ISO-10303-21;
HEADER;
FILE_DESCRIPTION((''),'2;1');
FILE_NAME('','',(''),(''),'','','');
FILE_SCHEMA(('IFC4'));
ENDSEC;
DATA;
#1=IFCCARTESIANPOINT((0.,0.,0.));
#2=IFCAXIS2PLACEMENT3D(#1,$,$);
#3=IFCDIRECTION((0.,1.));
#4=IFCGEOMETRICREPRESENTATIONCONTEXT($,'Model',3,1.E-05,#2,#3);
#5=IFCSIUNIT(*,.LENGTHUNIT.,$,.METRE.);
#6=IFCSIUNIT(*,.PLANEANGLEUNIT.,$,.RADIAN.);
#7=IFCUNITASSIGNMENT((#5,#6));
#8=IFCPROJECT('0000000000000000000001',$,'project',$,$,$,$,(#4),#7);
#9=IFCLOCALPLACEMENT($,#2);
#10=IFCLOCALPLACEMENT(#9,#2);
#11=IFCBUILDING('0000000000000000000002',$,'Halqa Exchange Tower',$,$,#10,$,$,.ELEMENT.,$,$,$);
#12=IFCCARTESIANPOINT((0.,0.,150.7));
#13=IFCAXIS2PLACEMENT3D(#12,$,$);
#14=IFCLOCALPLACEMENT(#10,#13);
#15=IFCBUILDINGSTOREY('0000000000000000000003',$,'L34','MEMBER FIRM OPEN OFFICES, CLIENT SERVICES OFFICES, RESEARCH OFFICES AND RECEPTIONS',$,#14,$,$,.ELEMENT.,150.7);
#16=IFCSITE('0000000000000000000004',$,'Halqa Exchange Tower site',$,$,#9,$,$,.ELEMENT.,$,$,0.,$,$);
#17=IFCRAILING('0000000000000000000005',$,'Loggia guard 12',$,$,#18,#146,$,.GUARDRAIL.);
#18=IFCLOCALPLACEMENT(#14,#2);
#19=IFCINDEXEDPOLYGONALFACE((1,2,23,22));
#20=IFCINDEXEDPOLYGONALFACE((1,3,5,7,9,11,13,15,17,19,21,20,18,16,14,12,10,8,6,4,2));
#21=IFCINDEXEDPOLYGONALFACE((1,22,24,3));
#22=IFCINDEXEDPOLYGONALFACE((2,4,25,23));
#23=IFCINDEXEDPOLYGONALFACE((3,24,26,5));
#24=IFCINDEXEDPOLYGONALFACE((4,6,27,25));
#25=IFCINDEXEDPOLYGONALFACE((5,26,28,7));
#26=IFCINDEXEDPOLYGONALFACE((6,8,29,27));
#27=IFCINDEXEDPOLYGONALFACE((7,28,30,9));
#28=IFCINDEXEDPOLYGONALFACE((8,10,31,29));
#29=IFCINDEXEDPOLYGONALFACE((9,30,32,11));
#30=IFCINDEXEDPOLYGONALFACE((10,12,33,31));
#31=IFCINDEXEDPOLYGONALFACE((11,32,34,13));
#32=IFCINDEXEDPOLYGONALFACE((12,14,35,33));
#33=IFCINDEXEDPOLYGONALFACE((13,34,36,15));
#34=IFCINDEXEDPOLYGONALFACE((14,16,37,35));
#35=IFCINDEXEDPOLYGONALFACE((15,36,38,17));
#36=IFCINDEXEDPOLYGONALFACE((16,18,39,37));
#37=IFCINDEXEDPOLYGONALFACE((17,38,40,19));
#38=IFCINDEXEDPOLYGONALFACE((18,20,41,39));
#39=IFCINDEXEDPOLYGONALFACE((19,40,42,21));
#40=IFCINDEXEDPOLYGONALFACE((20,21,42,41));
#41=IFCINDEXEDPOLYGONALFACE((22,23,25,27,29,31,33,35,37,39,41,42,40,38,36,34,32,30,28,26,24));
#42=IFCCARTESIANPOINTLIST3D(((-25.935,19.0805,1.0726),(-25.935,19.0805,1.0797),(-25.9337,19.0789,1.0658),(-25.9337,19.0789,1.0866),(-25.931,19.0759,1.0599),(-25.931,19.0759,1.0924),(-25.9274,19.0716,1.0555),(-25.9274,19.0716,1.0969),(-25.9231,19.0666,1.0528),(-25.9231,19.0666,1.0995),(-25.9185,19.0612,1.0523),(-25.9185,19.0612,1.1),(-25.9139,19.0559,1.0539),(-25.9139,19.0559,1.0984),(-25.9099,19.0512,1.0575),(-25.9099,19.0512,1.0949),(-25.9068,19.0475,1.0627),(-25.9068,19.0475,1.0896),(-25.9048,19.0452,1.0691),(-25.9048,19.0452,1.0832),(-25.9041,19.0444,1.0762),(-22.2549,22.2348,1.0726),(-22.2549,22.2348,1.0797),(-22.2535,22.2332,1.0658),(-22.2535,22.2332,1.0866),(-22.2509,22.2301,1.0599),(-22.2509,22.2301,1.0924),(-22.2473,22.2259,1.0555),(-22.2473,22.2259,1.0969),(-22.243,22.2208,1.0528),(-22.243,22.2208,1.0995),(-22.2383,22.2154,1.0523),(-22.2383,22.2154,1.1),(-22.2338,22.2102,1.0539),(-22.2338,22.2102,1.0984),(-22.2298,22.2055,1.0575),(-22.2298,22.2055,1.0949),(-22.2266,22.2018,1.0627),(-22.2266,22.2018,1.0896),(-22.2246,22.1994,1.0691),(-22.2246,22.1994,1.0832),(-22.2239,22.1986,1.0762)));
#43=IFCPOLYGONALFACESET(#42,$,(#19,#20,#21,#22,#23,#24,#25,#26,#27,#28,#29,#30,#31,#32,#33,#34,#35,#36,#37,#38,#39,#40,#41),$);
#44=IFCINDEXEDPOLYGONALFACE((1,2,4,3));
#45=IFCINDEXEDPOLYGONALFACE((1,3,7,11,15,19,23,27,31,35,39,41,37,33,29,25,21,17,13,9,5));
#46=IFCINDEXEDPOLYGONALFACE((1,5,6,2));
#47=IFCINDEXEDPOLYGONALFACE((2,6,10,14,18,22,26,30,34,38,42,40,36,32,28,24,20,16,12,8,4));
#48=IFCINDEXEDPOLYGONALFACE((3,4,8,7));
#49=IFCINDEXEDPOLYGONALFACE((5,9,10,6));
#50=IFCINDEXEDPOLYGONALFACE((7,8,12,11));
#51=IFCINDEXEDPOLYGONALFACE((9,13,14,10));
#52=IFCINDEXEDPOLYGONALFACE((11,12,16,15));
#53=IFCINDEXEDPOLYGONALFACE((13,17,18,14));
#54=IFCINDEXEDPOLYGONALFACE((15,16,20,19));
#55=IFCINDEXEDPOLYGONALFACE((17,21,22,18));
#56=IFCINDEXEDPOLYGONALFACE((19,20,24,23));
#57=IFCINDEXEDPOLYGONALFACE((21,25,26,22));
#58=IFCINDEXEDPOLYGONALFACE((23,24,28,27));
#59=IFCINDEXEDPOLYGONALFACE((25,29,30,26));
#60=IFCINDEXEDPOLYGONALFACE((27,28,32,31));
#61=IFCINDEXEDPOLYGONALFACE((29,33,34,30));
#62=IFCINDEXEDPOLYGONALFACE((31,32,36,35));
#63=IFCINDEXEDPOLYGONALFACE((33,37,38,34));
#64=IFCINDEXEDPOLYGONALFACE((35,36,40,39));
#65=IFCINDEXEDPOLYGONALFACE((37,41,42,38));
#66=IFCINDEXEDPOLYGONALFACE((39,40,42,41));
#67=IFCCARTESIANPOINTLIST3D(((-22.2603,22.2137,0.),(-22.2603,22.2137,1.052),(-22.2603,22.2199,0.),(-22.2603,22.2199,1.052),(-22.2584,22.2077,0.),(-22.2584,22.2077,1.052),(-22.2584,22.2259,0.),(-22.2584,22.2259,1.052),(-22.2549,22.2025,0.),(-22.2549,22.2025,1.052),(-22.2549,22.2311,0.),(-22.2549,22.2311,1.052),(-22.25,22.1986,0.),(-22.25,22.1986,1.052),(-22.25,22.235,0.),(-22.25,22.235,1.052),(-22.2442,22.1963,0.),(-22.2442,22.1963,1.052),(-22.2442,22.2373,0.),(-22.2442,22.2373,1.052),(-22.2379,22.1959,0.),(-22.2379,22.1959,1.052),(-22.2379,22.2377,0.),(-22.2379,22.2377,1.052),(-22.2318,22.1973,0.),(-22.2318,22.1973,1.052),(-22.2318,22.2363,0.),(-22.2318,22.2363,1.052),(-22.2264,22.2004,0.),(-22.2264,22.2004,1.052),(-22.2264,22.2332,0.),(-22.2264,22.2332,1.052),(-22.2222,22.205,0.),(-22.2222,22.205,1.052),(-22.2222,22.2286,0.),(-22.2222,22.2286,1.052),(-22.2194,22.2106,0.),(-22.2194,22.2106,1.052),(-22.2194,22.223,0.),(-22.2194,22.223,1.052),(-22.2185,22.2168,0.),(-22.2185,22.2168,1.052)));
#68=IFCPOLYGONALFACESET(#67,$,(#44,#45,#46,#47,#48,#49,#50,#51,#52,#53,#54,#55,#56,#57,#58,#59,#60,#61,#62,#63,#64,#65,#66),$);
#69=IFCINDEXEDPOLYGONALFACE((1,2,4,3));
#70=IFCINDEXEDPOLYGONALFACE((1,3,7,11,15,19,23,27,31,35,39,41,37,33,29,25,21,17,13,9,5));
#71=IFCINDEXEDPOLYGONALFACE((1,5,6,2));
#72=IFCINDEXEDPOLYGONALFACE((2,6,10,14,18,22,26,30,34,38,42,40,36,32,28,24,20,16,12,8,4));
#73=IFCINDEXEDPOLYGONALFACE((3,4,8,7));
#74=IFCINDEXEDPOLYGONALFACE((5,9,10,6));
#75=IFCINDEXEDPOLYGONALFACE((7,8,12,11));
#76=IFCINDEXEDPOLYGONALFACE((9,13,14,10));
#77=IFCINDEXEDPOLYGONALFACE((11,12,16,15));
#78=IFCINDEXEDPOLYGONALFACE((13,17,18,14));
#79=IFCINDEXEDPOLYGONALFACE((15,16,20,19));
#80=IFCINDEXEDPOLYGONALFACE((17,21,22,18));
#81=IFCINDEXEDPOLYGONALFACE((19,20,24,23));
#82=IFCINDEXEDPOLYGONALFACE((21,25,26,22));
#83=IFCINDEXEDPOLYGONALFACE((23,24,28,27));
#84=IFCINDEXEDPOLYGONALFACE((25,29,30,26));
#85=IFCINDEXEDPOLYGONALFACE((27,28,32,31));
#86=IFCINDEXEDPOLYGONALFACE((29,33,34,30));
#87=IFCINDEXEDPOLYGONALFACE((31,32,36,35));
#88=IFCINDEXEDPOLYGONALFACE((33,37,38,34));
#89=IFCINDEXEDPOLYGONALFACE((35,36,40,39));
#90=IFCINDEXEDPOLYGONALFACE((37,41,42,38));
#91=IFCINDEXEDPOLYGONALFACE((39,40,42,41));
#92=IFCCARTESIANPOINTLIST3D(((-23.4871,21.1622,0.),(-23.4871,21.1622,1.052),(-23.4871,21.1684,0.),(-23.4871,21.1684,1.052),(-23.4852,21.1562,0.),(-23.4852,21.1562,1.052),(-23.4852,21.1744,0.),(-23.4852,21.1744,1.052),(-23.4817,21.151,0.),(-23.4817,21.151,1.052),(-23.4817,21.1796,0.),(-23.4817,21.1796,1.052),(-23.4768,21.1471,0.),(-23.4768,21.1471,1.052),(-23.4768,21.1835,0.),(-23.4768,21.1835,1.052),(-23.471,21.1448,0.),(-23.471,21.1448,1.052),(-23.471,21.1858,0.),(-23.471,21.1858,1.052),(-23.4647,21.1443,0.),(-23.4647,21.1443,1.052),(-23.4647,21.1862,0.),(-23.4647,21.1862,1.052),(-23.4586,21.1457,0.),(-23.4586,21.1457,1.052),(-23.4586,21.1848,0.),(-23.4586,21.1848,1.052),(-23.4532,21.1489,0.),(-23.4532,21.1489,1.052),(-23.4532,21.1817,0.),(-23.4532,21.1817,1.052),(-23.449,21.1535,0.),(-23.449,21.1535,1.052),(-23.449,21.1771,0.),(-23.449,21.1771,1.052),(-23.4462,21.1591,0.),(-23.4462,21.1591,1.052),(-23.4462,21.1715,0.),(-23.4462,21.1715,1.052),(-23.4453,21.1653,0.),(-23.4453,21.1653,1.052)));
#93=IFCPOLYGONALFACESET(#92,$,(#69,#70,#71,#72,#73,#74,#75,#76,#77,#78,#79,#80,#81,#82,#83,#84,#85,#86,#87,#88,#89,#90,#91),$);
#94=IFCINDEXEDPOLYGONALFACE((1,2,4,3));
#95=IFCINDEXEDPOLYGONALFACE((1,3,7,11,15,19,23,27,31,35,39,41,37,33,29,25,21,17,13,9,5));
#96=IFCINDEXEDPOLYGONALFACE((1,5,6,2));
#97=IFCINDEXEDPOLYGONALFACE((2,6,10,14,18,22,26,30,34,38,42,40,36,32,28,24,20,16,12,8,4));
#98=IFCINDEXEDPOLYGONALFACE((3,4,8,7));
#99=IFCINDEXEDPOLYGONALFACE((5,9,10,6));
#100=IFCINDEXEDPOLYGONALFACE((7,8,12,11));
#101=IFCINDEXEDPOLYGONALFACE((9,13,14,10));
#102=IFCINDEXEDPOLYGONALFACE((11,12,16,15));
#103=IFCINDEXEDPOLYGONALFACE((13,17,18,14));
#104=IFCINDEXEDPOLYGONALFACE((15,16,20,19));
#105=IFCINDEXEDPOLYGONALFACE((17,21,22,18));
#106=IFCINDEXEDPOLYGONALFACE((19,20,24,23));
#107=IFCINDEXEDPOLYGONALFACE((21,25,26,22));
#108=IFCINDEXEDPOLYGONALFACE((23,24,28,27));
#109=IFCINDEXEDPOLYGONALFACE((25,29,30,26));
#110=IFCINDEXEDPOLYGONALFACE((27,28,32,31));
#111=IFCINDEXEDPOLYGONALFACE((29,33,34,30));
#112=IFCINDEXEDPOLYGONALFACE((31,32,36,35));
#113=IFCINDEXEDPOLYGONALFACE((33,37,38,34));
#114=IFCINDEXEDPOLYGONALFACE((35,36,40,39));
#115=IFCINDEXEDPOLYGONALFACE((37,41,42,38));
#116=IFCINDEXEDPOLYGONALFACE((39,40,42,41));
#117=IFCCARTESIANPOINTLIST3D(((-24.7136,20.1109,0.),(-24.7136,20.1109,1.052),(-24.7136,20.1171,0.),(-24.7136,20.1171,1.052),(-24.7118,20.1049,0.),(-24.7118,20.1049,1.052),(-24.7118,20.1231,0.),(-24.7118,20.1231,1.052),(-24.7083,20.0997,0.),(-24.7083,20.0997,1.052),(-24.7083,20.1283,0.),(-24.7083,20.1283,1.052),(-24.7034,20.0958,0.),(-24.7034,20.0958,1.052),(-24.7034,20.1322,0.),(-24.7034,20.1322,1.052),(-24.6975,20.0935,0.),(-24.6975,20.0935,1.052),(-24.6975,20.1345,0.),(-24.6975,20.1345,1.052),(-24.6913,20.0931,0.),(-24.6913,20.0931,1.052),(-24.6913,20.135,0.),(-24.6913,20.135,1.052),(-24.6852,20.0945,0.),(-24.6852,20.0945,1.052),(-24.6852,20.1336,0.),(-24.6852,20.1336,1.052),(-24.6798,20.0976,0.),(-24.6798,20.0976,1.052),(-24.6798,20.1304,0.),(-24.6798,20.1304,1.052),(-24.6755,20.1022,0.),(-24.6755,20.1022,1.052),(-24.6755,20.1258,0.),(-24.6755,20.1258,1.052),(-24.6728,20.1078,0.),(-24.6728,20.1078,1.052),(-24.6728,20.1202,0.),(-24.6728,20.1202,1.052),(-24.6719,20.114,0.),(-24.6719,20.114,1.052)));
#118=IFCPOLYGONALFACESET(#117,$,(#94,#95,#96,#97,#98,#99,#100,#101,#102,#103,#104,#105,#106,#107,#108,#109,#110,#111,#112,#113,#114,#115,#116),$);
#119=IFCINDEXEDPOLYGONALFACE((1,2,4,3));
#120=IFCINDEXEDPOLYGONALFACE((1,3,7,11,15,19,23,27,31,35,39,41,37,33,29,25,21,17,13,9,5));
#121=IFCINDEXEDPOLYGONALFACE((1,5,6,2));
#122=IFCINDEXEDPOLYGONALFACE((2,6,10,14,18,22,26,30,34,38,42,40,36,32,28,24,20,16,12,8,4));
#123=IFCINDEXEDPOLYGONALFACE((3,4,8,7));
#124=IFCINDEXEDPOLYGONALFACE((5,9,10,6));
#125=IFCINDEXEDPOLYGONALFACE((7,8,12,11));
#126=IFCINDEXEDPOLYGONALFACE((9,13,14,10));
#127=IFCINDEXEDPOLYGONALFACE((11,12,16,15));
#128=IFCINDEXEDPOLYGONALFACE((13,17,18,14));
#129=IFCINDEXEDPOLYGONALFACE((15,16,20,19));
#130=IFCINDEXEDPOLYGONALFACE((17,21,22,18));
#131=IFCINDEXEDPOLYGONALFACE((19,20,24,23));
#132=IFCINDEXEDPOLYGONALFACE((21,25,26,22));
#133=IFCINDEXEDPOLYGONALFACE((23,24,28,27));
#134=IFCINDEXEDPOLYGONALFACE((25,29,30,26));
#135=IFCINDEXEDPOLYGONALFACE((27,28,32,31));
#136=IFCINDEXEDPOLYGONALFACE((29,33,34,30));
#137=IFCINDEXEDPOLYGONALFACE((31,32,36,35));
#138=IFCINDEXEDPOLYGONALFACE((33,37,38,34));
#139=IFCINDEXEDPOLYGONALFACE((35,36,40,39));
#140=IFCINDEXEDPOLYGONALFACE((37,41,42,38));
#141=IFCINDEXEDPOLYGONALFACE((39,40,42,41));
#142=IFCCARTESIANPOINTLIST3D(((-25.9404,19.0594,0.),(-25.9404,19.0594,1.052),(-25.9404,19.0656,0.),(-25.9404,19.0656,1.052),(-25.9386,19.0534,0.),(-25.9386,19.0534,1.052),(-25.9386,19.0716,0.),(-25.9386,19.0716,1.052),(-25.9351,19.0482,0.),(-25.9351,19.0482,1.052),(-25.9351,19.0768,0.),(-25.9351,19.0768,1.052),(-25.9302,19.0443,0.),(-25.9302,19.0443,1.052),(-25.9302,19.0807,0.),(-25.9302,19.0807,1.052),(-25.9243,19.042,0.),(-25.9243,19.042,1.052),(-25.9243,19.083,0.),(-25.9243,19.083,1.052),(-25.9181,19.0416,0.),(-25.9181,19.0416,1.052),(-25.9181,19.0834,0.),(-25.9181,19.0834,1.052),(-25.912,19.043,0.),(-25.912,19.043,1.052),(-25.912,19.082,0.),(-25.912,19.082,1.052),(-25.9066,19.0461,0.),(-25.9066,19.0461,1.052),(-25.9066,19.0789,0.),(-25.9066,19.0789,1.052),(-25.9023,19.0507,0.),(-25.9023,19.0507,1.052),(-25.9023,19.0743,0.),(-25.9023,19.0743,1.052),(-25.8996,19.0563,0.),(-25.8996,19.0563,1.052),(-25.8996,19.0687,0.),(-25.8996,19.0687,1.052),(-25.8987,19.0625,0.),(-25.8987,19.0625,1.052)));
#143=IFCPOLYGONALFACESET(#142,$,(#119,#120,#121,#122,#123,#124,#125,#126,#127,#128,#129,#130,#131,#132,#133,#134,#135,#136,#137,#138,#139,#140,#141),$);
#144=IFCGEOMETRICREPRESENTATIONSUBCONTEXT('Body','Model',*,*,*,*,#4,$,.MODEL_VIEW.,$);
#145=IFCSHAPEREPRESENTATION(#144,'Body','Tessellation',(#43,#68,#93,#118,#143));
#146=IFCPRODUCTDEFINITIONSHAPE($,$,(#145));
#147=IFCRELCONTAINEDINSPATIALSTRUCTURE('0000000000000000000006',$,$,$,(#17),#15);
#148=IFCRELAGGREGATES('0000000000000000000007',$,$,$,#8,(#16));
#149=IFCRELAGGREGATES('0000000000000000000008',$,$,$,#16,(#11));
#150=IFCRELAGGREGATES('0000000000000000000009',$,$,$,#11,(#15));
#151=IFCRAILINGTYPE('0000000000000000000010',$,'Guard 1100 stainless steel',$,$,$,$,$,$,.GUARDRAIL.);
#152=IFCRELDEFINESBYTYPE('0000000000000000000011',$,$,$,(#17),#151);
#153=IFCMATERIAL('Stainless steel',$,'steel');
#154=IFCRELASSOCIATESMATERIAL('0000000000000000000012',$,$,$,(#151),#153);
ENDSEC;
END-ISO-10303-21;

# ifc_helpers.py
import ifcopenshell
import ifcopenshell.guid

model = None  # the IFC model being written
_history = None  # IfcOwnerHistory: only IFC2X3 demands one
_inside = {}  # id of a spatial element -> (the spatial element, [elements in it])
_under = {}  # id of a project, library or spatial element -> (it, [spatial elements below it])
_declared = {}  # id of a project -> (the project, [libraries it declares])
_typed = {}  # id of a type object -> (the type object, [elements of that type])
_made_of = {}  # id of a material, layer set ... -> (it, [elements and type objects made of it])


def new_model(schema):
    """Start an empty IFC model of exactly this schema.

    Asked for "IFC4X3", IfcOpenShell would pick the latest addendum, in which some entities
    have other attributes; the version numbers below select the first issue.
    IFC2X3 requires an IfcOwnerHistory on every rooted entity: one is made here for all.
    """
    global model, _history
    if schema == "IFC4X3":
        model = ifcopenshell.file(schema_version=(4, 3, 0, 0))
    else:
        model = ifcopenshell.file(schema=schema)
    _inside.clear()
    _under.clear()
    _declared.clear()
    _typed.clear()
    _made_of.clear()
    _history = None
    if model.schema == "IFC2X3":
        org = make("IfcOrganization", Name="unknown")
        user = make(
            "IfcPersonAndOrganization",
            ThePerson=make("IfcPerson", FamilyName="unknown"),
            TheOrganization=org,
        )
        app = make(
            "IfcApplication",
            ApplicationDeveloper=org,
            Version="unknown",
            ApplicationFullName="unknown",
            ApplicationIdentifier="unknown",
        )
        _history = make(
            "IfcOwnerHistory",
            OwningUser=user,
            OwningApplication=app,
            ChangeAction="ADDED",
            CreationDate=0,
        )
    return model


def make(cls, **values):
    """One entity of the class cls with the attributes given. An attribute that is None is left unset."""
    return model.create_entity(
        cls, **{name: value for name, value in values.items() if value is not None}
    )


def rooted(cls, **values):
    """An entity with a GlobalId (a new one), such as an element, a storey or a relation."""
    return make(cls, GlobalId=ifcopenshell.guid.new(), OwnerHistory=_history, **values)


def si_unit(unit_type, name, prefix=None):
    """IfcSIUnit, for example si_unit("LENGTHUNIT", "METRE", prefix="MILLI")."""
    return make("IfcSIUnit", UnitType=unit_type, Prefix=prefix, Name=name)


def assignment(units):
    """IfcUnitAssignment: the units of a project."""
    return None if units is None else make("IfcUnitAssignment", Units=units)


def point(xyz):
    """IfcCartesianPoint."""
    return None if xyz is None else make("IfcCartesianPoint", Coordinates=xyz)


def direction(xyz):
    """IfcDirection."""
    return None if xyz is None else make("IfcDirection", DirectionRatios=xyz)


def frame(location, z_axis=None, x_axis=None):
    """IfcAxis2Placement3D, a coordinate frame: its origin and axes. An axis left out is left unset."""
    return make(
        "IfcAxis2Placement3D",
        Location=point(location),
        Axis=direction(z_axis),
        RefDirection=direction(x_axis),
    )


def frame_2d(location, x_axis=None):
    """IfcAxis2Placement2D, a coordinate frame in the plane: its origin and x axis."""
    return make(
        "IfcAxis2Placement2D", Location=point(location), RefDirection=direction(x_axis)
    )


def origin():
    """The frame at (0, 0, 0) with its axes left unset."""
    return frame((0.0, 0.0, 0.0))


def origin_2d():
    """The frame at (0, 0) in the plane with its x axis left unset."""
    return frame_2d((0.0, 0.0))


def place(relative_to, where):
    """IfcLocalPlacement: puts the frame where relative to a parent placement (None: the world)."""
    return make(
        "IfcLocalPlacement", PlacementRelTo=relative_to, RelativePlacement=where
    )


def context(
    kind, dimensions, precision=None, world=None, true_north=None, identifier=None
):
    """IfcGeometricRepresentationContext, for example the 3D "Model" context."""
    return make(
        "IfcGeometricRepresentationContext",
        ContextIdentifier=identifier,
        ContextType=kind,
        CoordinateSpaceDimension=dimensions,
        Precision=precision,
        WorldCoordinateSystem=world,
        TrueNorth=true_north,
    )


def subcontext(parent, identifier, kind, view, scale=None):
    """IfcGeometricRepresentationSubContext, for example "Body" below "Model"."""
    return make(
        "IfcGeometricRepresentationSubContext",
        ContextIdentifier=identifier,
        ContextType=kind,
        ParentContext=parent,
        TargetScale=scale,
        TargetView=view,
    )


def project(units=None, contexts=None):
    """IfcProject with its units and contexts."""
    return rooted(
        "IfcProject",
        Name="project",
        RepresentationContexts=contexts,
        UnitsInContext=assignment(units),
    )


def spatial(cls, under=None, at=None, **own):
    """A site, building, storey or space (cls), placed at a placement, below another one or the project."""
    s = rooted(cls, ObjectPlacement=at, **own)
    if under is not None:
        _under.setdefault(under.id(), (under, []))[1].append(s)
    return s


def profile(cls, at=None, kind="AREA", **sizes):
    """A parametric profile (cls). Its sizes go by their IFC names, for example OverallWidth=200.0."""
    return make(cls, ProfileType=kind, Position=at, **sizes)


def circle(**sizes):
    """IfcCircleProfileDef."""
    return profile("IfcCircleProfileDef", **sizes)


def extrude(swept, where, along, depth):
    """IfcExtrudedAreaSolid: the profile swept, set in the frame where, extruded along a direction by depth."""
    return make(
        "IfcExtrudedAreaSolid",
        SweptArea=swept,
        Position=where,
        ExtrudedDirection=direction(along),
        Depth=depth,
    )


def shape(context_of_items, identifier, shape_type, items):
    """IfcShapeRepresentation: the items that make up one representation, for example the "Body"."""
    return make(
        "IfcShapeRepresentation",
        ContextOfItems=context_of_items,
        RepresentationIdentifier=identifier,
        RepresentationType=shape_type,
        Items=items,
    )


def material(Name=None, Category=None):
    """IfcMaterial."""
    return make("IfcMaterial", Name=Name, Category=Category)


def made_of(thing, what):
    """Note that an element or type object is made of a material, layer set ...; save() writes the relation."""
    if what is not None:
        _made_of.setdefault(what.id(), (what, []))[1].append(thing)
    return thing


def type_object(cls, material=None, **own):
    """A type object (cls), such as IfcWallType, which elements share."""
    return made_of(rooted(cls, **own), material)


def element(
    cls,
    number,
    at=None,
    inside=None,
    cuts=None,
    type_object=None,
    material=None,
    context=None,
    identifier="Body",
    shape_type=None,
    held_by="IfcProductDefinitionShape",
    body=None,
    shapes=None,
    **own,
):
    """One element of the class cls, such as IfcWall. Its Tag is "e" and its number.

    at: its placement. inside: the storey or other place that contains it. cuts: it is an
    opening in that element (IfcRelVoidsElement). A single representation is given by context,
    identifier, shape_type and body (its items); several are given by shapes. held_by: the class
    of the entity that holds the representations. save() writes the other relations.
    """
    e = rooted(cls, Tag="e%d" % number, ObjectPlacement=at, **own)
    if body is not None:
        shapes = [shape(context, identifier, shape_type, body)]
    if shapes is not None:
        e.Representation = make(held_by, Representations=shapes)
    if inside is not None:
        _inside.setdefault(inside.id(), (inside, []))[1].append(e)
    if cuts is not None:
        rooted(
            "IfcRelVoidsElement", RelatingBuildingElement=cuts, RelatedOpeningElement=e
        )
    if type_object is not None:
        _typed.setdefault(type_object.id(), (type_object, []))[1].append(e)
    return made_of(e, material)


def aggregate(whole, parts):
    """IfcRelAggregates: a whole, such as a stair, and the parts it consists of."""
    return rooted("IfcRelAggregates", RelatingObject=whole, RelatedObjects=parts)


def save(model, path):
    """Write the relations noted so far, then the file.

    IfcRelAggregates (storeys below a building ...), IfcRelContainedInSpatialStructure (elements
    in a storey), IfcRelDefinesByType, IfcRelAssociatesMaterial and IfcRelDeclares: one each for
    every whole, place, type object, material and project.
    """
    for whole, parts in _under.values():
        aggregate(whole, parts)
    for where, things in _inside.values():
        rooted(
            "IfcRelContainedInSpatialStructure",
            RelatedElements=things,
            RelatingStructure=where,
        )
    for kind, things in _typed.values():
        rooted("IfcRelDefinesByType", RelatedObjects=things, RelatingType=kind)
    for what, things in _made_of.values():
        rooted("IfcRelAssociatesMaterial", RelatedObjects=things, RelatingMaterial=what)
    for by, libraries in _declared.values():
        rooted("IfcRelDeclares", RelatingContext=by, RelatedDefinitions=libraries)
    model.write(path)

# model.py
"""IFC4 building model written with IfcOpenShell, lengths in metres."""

from ifc_helpers import new_model, si_unit, direction, frame, origin, origin_2d, place, context, subcontext, project, spatial, circle, extrude, material, type_object, element, save


model = new_model("IFC4")

# Units and contexts
model_context = context("Model", 3, precision=1e-05, world=origin(), true_north=direction((0.0, 1.0)))
body_context = subcontext(model_context, "Body", "Model", "MODEL_VIEW")
ifc_project = project(units=[si_unit("LENGTHUNIT", "METRE"), si_unit("PLANEANGLEUNIT", "RADIAN")], contexts=[model_context])

# Site, building, storey
site_placement = place(None, origin())
site = spatial("IfcSite", under=ifc_project, at=site_placement, Name="Halqa Exchange Tower site", CompositionType="ELEMENT", RefElevation=0.0)
building_placement = place(site_placement, origin())
building = spatial("IfcBuilding", under=site, at=building_placement, Name="Halqa Exchange Tower", CompositionType="ELEMENT")
storey_placement = place(building_placement, frame((0.0, 0.0, 150.7)))
storey = spatial("IfcBuildingStorey", under=building, at=storey_placement, Name="L34", Description="MEMBER FIRM OPEN OFFICES, CLIENT SERVICES OFFICES, RESEARCH OFFICES AND RECEPTIONS", CompositionType="ELEMENT", Elevation=150.7)

# Railing
ifc_material_1 = material(Name="Stainless steel", Category="steel")
railing_type = type_object("IfcRailingType", Name="Guard 1100 stainless steel", PredefinedType="GUARDRAIL", material=ifc_material_1)
railing_1_placement = place(storey_placement, frame((-22.2395, 22.2168, 0.0)))
element("IfcRailing", 1, at=railing_1_placement, inside=storey, type_object=railing_type, Name="Loggia guard 12", PredefinedType="GUARDRAIL", context=body_context, shape_type="SweptSolid", body=[
    extrude(circle(Radius=0.0239, at=origin_2d()), frame((0.0, 0.0, 1.0762), z_axis=(-0.759271, -0.650775, 0.0), x_axis=(0.650775, -0.759271, 0.0)), (0.0, 0.0, 1.0), 4.8469),
    extrude(circle(Radius=0.021, at=origin_2d()), origin(), (0.0, 0.0, 1.0), 1.052),
    extrude(circle(Radius=0.021, at=origin_2d()), frame((-1.2268, -1.0515, 0.0)), (0.0, 0.0, 1.0), 1.052),
    extrude(circle(Radius=0.021, at=origin_2d()), frame((-2.4534, -2.1028, 0.0)), (0.0, 0.0, 1.0), 1.052),
    extrude(circle(Radius=0.021, at=origin_2d()), frame((-3.6802, -3.1543, 0.0)), (0.0, 0.0, 1.0), 1.052),
])

save(model, "model.ifc")
